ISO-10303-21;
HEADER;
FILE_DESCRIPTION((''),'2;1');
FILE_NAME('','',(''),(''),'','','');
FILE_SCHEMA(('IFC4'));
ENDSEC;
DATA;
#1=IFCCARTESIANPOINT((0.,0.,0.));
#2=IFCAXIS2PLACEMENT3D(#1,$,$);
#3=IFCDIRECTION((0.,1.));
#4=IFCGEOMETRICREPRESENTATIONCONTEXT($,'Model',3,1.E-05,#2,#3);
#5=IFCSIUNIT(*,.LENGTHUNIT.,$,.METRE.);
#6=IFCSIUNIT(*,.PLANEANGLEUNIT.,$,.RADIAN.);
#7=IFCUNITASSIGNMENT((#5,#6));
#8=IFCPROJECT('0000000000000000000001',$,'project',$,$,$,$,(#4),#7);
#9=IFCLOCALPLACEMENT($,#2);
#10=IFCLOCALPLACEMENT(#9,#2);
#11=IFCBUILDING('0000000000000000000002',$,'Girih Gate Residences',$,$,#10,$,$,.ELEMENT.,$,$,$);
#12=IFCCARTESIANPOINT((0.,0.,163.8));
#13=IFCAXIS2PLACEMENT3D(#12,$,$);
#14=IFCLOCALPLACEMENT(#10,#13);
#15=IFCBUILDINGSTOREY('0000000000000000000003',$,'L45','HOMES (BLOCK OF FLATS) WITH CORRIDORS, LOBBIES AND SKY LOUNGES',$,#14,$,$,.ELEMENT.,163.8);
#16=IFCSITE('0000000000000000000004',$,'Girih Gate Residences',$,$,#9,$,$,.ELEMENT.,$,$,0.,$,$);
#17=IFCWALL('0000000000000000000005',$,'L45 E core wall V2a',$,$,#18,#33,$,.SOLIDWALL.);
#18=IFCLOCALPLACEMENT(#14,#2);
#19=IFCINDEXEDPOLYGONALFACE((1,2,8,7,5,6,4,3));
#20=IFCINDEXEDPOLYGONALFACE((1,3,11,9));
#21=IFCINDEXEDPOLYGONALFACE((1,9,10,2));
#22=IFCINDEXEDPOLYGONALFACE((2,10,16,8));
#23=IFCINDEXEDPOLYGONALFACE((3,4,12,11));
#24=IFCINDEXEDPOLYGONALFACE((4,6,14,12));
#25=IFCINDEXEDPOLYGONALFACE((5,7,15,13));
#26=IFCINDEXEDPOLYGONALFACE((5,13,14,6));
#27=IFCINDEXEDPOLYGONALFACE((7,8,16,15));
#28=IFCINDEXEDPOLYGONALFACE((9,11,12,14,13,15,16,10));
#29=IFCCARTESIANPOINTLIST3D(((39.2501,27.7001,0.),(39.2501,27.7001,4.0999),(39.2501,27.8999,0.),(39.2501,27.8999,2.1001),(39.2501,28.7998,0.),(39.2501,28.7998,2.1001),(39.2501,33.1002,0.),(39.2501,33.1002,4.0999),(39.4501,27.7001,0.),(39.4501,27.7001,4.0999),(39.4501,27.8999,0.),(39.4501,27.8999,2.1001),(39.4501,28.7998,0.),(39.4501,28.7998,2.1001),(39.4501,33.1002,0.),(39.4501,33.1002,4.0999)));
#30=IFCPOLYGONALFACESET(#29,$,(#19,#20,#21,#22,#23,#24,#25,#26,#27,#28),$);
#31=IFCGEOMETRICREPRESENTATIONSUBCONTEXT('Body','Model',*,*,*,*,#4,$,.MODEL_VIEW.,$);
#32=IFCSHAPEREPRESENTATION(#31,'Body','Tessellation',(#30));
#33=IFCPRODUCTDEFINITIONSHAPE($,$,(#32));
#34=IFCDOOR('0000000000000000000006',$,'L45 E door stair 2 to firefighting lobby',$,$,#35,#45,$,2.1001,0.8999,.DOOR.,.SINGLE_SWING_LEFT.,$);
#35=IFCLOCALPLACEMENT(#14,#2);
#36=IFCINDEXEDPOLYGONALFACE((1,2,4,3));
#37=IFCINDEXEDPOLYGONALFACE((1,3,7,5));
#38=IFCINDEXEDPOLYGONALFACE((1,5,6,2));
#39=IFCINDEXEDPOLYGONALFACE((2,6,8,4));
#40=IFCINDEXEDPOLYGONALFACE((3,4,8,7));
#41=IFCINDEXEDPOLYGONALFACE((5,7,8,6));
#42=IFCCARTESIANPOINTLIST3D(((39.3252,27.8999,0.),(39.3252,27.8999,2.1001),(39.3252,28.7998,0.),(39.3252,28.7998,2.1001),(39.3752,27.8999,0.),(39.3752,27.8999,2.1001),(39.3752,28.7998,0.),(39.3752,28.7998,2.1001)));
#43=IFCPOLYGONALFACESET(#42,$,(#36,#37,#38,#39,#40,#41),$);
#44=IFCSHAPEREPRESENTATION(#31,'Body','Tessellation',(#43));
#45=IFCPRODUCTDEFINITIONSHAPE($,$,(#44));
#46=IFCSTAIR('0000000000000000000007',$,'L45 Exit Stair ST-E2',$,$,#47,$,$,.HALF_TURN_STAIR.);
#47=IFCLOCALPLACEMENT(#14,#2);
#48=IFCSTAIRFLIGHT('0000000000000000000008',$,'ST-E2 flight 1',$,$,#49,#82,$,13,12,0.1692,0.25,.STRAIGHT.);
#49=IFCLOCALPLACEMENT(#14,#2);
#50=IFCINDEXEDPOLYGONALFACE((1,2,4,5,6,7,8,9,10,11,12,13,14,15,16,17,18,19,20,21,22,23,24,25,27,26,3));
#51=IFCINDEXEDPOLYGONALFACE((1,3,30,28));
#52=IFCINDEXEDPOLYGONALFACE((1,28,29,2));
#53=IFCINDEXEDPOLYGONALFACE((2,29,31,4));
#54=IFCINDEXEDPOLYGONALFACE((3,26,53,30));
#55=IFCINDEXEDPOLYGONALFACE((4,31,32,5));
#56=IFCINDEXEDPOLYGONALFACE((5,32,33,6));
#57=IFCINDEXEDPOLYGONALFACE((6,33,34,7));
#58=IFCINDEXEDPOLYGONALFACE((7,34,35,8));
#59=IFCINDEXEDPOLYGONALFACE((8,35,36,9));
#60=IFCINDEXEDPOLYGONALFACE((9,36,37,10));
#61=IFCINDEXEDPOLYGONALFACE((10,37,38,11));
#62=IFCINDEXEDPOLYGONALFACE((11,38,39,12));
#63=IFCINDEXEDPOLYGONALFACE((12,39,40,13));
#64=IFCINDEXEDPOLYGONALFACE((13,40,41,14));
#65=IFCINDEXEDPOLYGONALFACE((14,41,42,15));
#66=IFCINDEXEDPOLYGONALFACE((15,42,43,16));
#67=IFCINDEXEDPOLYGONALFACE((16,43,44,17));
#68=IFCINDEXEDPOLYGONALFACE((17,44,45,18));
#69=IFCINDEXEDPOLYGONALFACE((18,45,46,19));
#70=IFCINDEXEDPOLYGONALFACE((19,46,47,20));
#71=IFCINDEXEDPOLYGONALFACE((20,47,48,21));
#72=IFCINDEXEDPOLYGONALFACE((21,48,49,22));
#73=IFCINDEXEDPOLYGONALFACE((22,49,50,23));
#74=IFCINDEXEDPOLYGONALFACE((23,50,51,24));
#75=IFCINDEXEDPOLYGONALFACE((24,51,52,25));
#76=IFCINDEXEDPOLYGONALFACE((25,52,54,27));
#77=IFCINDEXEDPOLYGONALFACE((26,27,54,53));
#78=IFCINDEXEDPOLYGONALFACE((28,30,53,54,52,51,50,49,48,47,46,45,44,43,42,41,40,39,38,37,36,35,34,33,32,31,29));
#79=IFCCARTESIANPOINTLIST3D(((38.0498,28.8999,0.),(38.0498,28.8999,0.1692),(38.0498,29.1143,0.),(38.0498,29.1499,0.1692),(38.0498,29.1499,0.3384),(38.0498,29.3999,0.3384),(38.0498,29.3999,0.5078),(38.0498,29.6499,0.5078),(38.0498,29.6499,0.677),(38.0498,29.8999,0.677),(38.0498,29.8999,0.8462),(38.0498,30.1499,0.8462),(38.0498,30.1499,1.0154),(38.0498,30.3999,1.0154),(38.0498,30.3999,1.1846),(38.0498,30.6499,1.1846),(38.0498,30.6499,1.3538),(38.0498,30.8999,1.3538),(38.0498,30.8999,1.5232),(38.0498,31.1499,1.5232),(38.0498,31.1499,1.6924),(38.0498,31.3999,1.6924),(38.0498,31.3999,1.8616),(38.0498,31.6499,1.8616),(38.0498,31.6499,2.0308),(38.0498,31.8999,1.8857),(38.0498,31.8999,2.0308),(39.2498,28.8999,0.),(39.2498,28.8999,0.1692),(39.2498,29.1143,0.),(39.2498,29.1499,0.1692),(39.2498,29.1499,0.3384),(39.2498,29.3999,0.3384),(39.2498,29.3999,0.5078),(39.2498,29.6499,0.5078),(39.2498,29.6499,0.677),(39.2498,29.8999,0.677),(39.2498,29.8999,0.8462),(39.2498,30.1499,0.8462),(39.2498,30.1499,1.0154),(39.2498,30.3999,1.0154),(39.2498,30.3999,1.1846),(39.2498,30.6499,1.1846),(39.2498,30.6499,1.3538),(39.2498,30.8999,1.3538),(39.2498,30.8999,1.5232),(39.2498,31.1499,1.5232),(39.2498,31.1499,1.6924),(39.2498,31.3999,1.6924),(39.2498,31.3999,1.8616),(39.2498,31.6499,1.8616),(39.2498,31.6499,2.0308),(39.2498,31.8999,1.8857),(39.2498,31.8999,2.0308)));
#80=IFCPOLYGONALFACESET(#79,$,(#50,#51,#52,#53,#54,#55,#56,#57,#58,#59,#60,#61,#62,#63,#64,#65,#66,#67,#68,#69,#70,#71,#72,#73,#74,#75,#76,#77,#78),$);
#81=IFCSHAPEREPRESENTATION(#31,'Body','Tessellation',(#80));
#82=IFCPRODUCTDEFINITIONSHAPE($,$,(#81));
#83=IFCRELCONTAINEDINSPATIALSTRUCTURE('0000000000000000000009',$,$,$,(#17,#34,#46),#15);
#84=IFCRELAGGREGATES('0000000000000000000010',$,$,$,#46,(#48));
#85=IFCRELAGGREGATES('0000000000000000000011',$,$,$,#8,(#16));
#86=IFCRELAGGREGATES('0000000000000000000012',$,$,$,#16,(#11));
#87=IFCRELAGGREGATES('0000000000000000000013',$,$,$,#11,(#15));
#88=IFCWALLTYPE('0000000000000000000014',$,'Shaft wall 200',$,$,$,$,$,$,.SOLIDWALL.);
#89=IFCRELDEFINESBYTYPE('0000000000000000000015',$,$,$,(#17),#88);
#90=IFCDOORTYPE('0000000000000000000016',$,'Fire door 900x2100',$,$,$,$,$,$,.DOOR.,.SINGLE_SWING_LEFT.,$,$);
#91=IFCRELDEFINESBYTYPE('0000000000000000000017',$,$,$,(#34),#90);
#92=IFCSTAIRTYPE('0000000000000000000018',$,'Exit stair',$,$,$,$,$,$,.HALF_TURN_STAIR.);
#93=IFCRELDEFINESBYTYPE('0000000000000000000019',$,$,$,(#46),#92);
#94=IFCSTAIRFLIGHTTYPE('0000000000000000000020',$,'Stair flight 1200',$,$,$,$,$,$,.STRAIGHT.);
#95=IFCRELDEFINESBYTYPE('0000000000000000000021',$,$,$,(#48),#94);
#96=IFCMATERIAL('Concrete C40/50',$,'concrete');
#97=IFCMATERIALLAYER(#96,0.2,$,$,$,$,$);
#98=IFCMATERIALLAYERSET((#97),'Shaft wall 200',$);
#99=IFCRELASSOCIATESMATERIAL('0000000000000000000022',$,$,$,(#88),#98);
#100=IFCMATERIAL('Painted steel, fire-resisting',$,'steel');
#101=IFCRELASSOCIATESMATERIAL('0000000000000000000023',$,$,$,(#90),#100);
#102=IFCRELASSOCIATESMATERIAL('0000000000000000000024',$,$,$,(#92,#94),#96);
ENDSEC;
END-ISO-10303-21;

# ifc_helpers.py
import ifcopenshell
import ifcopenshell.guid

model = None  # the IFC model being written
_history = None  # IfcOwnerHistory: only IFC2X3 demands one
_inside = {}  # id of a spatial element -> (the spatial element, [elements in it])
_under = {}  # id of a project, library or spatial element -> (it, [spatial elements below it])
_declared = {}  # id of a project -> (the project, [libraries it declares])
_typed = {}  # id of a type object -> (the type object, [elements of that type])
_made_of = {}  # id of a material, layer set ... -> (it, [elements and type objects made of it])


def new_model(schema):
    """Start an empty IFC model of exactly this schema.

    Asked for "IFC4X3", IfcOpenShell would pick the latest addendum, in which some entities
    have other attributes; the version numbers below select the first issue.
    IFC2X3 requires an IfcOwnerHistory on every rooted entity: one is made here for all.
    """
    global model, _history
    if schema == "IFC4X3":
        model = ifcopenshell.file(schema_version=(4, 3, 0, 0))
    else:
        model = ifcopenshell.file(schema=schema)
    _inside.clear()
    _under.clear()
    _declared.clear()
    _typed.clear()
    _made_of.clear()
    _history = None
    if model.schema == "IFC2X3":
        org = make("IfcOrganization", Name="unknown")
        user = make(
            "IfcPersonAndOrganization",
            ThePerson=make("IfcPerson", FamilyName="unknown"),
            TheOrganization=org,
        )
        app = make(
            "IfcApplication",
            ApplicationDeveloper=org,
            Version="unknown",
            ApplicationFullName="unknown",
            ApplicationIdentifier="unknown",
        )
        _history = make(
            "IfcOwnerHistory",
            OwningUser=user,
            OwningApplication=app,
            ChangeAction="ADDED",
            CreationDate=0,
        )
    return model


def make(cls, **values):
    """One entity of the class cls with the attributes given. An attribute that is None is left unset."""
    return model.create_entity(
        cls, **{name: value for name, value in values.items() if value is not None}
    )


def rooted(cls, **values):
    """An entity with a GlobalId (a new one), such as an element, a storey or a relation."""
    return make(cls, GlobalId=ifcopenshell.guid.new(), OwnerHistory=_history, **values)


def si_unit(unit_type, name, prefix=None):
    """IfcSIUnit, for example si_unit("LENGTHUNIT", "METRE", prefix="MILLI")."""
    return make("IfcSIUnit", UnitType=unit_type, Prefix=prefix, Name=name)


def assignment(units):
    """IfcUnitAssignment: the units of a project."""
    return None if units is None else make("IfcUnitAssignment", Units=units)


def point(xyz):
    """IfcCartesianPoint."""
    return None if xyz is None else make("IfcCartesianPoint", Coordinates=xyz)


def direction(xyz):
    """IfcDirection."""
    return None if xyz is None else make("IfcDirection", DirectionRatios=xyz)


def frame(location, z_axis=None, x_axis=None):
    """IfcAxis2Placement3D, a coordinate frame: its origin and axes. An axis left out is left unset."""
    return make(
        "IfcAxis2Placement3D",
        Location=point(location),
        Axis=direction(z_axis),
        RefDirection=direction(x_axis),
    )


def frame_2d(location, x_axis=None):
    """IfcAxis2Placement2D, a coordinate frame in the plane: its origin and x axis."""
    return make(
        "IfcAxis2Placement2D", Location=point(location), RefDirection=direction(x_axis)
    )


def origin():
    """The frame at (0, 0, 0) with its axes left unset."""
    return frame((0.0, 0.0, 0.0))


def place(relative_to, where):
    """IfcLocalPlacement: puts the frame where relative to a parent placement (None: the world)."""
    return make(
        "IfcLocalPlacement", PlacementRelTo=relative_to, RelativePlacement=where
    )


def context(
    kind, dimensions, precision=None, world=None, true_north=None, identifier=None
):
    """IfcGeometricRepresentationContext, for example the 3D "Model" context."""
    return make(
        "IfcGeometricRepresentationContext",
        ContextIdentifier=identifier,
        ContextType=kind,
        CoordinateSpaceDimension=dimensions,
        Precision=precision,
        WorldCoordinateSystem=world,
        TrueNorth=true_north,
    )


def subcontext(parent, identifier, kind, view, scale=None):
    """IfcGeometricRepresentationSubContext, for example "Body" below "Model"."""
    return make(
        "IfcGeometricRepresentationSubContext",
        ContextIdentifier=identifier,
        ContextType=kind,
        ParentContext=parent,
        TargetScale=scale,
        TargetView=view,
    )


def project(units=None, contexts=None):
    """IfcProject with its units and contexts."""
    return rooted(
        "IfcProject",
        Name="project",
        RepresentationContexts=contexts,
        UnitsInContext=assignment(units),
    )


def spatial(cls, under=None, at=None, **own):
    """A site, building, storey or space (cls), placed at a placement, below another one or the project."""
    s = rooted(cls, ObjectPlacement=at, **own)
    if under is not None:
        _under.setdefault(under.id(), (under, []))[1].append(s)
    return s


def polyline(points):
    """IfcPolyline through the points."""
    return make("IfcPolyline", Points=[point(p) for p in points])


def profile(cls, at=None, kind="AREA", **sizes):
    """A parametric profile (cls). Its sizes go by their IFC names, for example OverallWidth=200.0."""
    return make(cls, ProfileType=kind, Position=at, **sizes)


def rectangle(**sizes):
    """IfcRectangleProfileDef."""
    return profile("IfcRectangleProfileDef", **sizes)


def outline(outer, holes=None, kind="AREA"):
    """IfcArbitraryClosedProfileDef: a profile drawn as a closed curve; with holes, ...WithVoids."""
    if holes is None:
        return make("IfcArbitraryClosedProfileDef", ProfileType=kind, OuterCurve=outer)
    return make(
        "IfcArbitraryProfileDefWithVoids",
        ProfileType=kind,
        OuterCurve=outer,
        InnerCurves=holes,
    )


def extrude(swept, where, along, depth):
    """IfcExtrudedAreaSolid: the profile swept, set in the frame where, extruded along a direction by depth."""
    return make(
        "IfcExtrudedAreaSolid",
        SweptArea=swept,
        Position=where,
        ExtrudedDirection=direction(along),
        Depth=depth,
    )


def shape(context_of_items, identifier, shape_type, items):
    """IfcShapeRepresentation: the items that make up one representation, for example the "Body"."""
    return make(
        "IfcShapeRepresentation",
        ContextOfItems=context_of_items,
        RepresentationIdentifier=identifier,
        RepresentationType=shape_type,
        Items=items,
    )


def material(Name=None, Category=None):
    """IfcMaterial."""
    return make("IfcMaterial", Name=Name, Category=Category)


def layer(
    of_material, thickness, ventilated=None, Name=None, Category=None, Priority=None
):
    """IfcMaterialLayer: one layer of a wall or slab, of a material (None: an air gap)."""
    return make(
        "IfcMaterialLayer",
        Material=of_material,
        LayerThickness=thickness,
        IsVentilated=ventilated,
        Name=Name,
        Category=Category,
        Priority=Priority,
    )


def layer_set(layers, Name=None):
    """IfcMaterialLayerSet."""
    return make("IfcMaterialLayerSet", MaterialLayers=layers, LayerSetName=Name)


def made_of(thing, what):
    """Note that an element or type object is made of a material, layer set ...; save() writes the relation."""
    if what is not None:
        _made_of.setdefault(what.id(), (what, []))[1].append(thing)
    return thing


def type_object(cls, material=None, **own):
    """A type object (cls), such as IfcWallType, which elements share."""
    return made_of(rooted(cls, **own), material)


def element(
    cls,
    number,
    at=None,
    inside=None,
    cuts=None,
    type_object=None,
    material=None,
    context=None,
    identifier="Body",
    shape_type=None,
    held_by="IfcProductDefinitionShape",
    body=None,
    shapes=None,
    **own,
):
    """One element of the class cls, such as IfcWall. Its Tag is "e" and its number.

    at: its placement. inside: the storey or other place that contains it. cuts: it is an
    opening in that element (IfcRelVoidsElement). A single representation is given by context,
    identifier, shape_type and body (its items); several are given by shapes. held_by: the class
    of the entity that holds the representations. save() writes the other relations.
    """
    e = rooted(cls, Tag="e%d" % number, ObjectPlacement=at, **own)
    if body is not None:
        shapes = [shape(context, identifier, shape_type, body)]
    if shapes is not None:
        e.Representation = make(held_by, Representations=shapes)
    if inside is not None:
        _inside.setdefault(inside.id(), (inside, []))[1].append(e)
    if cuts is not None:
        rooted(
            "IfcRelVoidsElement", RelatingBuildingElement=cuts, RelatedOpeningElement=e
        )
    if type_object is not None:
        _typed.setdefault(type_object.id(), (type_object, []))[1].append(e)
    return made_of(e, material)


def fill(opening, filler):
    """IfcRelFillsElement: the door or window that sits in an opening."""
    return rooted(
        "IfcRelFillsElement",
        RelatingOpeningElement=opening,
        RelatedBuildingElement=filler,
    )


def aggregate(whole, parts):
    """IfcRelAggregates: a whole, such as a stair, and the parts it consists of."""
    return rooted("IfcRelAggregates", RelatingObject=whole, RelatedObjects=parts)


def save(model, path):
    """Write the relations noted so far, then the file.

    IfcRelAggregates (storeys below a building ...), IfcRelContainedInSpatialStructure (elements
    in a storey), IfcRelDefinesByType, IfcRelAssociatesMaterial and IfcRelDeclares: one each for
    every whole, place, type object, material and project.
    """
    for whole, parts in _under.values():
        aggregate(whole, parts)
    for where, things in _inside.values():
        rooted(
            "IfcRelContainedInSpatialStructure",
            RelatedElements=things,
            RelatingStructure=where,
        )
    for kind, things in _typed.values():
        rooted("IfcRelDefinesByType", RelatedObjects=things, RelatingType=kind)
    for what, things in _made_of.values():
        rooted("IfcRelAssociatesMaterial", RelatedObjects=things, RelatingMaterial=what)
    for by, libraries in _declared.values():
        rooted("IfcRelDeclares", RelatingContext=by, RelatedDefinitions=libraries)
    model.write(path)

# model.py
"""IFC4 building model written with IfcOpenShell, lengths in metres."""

from ifc_helpers import new_model, si_unit, direction, frame, frame_2d, origin, place, context, subcontext, project, spatial, polyline, rectangle, outline, extrude, material, layer, layer_set, type_object, element, fill, aggregate, save


model = new_model("IFC4")

# Units and contexts
model_context = context("Model", 3, precision=1e-05, world=origin(), true_north=direction((0.0, 1.0)))
body_context = subcontext(model_context, "Body", "Model", "MODEL_VIEW")
ifc_project = project(units=[si_unit("LENGTHUNIT", "METRE"), si_unit("PLANEANGLEUNIT", "RADIAN")], contexts=[model_context])

# Site, building, storey
site_placement = place(None, origin())
site = spatial("IfcSite", under=ifc_project, at=site_placement, Name="Girih Gate Residences", CompositionType="ELEMENT", RefElevation=0.0)
building_placement = place(site_placement, origin())
building = spatial("IfcBuilding", under=site, at=building_placement, Name="Girih Gate Residences", CompositionType="ELEMENT")
storey_placement = place(building_placement, frame((0.0, 0.0, 163.8)))
storey = spatial("IfcBuildingStorey", under=building, at=storey_placement, Name="L45", Description="HOMES (BLOCK OF FLATS) WITH CORRIDORS, LOBBIES AND SKY LOUNGES", CompositionType="ELEMENT", Elevation=163.8)

# Shared definitions
ifc_material_1 = material(Name="Painted steel, fire-resisting", Category="steel")

# Wall, opening, door
ifc_material_2 = material(Name="Concrete C40/50", Category="concrete")
ifc_layer_1 = layer(ifc_material_2, 0.2)
ifc_layer_set_1 = layer_set([ifc_layer_1], Name="Shaft wall 200")
wall_type_1 = type_object("IfcWallType", Name="Shaft wall 200", PredefinedType="SOLIDWALL", material=ifc_layer_set_1)
door_type_1 = type_object("IfcDoorType", Name="Fire door 900x2100", OperationType="SINGLE_SWING_LEFT", PredefinedType="DOOR", material=ifc_material_1)
wall_1_placement = place(storey_placement, frame((39.3501, 27.7, 0.0), z_axis=(0.0, 0.0, 1.0), x_axis=(0.0, 1.0, 0.0)))
wall_1 = element("IfcWall", 1, at=wall_1_placement, inside=storey, type_object=wall_type_1, Name="L45 E core wall V2a", PredefinedType="SOLIDWALL", context=body_context, shape_type="SweptSolid", body=[
    extrude(rectangle(XDim=5.4001, YDim=0.2, at=frame_2d((2.7002, 0.0))), origin(), (0.0, 0.0, 1.0), 4.0999),
])
opening_1_placement = place(wall_1_placement, frame((0.2, 0.0, 0.0)))
opening_1 = element("IfcOpeningElement", 2, at=opening_1_placement, cuts=wall_1, PredefinedType="OPENING", context=body_context, shape_type="SweptSolid", body=[
    extrude(rectangle(XDim=0.8999, YDim=2.1001, at=frame_2d((0.45, 1.05))), frame((0.0, 0.1099, 0.0), z_axis=(0.0, -1.0, 0.0), x_axis=(1.0, 0.0, 0.0)), (0.0, 0.0, 1.0), 0.22),
])
door_1_placement = place(opening_1_placement, origin())
door_1 = element("IfcDoor", 3, at=door_1_placement, inside=storey, type_object=door_type_1, Name="L45 E door stair 2 to firefighting lobby", OperationType="SINGLE_SWING_LEFT", OverallHeight=2.1001, OverallWidth=0.8999, PredefinedType="DOOR", context=body_context, shape_type="SweptSolid", body=[
    extrude(rectangle(XDim=0.8999, YDim=2.1001, at=frame_2d((0.45, 1.05))), frame((0.0, 0.0249, 0.0), z_axis=(0.0, -1.0, 0.0), x_axis=(1.0, 0.0, 0.0)), (0.0, 0.0, 1.0), 0.05),
])
fill(opening_1, door_1)

# Stair, stair flight
stair_type = type_object("IfcStairType", Name="Exit stair", PredefinedType="HALF_TURN_STAIR", material=ifc_material_2)
stair_placement = place(storey_placement, origin())
stair = element("IfcStair", 4, at=stair_placement, inside=storey, type_object=stair_type, Name="L45 Exit Stair ST-E2", PredefinedType="HALF_TURN_STAIR")
stair_flight_type = type_object("IfcStairFlightType", Name="Stair flight 1200", PredefinedType="STRAIGHT", material=ifc_material_2)
stair_flight_placement = place(storey_placement, frame((38.6499, 28.8999, 0.0), z_axis=(0.0, 0.0, 1.0), x_axis=(0.0, 1.0, 0.0)))
stair_flight = element("IfcStairFlight", 5, at=stair_flight_placement, type_object=stair_flight_type, Name="ST-E2 flight 1", NumberOfRisers=13, NumberOfTreads=12, PredefinedType="STRAIGHT", RiserHeight=0.1692, TreadLength=0.25, context=body_context, shape_type="SweptSolid", body=[
    extrude(outline(polyline([(0.0, 0.0), (0.0, 0.1692), (0.25, 0.1692), (0.25, 0.3384), (0.5, 0.3384), (0.5, 0.5078), (0.75, 0.5078), (0.75, 0.677), (1.0, 0.677), (1.0, 0.8462), (1.25, 0.8462), (1.25, 1.0154), (1.5, 1.0154), (1.5, 1.1846), (1.75, 1.1846), (1.75, 1.3538), (2.0, 1.3538), (2.0, 1.5232), (2.25, 1.5232), (2.25, 1.6924), (2.5, 1.6924), (2.5, 1.8616), (2.75, 1.8616), (2.75, 2.0308), (3.0, 2.0308), (3.0, 2.2), (3.0, 1.8857), (0.2144, 0.0), (0.0, 0.0)])), frame((0.0, 0.6001, 0.0), z_axis=(0.0, -1.0, 0.0), x_axis=(1.0, 0.0, 0.0)), (0.0, 0.0, 1.0), 1.2),
])
aggregate(stair, [stair_flight])

save(model, "model.ifc")
